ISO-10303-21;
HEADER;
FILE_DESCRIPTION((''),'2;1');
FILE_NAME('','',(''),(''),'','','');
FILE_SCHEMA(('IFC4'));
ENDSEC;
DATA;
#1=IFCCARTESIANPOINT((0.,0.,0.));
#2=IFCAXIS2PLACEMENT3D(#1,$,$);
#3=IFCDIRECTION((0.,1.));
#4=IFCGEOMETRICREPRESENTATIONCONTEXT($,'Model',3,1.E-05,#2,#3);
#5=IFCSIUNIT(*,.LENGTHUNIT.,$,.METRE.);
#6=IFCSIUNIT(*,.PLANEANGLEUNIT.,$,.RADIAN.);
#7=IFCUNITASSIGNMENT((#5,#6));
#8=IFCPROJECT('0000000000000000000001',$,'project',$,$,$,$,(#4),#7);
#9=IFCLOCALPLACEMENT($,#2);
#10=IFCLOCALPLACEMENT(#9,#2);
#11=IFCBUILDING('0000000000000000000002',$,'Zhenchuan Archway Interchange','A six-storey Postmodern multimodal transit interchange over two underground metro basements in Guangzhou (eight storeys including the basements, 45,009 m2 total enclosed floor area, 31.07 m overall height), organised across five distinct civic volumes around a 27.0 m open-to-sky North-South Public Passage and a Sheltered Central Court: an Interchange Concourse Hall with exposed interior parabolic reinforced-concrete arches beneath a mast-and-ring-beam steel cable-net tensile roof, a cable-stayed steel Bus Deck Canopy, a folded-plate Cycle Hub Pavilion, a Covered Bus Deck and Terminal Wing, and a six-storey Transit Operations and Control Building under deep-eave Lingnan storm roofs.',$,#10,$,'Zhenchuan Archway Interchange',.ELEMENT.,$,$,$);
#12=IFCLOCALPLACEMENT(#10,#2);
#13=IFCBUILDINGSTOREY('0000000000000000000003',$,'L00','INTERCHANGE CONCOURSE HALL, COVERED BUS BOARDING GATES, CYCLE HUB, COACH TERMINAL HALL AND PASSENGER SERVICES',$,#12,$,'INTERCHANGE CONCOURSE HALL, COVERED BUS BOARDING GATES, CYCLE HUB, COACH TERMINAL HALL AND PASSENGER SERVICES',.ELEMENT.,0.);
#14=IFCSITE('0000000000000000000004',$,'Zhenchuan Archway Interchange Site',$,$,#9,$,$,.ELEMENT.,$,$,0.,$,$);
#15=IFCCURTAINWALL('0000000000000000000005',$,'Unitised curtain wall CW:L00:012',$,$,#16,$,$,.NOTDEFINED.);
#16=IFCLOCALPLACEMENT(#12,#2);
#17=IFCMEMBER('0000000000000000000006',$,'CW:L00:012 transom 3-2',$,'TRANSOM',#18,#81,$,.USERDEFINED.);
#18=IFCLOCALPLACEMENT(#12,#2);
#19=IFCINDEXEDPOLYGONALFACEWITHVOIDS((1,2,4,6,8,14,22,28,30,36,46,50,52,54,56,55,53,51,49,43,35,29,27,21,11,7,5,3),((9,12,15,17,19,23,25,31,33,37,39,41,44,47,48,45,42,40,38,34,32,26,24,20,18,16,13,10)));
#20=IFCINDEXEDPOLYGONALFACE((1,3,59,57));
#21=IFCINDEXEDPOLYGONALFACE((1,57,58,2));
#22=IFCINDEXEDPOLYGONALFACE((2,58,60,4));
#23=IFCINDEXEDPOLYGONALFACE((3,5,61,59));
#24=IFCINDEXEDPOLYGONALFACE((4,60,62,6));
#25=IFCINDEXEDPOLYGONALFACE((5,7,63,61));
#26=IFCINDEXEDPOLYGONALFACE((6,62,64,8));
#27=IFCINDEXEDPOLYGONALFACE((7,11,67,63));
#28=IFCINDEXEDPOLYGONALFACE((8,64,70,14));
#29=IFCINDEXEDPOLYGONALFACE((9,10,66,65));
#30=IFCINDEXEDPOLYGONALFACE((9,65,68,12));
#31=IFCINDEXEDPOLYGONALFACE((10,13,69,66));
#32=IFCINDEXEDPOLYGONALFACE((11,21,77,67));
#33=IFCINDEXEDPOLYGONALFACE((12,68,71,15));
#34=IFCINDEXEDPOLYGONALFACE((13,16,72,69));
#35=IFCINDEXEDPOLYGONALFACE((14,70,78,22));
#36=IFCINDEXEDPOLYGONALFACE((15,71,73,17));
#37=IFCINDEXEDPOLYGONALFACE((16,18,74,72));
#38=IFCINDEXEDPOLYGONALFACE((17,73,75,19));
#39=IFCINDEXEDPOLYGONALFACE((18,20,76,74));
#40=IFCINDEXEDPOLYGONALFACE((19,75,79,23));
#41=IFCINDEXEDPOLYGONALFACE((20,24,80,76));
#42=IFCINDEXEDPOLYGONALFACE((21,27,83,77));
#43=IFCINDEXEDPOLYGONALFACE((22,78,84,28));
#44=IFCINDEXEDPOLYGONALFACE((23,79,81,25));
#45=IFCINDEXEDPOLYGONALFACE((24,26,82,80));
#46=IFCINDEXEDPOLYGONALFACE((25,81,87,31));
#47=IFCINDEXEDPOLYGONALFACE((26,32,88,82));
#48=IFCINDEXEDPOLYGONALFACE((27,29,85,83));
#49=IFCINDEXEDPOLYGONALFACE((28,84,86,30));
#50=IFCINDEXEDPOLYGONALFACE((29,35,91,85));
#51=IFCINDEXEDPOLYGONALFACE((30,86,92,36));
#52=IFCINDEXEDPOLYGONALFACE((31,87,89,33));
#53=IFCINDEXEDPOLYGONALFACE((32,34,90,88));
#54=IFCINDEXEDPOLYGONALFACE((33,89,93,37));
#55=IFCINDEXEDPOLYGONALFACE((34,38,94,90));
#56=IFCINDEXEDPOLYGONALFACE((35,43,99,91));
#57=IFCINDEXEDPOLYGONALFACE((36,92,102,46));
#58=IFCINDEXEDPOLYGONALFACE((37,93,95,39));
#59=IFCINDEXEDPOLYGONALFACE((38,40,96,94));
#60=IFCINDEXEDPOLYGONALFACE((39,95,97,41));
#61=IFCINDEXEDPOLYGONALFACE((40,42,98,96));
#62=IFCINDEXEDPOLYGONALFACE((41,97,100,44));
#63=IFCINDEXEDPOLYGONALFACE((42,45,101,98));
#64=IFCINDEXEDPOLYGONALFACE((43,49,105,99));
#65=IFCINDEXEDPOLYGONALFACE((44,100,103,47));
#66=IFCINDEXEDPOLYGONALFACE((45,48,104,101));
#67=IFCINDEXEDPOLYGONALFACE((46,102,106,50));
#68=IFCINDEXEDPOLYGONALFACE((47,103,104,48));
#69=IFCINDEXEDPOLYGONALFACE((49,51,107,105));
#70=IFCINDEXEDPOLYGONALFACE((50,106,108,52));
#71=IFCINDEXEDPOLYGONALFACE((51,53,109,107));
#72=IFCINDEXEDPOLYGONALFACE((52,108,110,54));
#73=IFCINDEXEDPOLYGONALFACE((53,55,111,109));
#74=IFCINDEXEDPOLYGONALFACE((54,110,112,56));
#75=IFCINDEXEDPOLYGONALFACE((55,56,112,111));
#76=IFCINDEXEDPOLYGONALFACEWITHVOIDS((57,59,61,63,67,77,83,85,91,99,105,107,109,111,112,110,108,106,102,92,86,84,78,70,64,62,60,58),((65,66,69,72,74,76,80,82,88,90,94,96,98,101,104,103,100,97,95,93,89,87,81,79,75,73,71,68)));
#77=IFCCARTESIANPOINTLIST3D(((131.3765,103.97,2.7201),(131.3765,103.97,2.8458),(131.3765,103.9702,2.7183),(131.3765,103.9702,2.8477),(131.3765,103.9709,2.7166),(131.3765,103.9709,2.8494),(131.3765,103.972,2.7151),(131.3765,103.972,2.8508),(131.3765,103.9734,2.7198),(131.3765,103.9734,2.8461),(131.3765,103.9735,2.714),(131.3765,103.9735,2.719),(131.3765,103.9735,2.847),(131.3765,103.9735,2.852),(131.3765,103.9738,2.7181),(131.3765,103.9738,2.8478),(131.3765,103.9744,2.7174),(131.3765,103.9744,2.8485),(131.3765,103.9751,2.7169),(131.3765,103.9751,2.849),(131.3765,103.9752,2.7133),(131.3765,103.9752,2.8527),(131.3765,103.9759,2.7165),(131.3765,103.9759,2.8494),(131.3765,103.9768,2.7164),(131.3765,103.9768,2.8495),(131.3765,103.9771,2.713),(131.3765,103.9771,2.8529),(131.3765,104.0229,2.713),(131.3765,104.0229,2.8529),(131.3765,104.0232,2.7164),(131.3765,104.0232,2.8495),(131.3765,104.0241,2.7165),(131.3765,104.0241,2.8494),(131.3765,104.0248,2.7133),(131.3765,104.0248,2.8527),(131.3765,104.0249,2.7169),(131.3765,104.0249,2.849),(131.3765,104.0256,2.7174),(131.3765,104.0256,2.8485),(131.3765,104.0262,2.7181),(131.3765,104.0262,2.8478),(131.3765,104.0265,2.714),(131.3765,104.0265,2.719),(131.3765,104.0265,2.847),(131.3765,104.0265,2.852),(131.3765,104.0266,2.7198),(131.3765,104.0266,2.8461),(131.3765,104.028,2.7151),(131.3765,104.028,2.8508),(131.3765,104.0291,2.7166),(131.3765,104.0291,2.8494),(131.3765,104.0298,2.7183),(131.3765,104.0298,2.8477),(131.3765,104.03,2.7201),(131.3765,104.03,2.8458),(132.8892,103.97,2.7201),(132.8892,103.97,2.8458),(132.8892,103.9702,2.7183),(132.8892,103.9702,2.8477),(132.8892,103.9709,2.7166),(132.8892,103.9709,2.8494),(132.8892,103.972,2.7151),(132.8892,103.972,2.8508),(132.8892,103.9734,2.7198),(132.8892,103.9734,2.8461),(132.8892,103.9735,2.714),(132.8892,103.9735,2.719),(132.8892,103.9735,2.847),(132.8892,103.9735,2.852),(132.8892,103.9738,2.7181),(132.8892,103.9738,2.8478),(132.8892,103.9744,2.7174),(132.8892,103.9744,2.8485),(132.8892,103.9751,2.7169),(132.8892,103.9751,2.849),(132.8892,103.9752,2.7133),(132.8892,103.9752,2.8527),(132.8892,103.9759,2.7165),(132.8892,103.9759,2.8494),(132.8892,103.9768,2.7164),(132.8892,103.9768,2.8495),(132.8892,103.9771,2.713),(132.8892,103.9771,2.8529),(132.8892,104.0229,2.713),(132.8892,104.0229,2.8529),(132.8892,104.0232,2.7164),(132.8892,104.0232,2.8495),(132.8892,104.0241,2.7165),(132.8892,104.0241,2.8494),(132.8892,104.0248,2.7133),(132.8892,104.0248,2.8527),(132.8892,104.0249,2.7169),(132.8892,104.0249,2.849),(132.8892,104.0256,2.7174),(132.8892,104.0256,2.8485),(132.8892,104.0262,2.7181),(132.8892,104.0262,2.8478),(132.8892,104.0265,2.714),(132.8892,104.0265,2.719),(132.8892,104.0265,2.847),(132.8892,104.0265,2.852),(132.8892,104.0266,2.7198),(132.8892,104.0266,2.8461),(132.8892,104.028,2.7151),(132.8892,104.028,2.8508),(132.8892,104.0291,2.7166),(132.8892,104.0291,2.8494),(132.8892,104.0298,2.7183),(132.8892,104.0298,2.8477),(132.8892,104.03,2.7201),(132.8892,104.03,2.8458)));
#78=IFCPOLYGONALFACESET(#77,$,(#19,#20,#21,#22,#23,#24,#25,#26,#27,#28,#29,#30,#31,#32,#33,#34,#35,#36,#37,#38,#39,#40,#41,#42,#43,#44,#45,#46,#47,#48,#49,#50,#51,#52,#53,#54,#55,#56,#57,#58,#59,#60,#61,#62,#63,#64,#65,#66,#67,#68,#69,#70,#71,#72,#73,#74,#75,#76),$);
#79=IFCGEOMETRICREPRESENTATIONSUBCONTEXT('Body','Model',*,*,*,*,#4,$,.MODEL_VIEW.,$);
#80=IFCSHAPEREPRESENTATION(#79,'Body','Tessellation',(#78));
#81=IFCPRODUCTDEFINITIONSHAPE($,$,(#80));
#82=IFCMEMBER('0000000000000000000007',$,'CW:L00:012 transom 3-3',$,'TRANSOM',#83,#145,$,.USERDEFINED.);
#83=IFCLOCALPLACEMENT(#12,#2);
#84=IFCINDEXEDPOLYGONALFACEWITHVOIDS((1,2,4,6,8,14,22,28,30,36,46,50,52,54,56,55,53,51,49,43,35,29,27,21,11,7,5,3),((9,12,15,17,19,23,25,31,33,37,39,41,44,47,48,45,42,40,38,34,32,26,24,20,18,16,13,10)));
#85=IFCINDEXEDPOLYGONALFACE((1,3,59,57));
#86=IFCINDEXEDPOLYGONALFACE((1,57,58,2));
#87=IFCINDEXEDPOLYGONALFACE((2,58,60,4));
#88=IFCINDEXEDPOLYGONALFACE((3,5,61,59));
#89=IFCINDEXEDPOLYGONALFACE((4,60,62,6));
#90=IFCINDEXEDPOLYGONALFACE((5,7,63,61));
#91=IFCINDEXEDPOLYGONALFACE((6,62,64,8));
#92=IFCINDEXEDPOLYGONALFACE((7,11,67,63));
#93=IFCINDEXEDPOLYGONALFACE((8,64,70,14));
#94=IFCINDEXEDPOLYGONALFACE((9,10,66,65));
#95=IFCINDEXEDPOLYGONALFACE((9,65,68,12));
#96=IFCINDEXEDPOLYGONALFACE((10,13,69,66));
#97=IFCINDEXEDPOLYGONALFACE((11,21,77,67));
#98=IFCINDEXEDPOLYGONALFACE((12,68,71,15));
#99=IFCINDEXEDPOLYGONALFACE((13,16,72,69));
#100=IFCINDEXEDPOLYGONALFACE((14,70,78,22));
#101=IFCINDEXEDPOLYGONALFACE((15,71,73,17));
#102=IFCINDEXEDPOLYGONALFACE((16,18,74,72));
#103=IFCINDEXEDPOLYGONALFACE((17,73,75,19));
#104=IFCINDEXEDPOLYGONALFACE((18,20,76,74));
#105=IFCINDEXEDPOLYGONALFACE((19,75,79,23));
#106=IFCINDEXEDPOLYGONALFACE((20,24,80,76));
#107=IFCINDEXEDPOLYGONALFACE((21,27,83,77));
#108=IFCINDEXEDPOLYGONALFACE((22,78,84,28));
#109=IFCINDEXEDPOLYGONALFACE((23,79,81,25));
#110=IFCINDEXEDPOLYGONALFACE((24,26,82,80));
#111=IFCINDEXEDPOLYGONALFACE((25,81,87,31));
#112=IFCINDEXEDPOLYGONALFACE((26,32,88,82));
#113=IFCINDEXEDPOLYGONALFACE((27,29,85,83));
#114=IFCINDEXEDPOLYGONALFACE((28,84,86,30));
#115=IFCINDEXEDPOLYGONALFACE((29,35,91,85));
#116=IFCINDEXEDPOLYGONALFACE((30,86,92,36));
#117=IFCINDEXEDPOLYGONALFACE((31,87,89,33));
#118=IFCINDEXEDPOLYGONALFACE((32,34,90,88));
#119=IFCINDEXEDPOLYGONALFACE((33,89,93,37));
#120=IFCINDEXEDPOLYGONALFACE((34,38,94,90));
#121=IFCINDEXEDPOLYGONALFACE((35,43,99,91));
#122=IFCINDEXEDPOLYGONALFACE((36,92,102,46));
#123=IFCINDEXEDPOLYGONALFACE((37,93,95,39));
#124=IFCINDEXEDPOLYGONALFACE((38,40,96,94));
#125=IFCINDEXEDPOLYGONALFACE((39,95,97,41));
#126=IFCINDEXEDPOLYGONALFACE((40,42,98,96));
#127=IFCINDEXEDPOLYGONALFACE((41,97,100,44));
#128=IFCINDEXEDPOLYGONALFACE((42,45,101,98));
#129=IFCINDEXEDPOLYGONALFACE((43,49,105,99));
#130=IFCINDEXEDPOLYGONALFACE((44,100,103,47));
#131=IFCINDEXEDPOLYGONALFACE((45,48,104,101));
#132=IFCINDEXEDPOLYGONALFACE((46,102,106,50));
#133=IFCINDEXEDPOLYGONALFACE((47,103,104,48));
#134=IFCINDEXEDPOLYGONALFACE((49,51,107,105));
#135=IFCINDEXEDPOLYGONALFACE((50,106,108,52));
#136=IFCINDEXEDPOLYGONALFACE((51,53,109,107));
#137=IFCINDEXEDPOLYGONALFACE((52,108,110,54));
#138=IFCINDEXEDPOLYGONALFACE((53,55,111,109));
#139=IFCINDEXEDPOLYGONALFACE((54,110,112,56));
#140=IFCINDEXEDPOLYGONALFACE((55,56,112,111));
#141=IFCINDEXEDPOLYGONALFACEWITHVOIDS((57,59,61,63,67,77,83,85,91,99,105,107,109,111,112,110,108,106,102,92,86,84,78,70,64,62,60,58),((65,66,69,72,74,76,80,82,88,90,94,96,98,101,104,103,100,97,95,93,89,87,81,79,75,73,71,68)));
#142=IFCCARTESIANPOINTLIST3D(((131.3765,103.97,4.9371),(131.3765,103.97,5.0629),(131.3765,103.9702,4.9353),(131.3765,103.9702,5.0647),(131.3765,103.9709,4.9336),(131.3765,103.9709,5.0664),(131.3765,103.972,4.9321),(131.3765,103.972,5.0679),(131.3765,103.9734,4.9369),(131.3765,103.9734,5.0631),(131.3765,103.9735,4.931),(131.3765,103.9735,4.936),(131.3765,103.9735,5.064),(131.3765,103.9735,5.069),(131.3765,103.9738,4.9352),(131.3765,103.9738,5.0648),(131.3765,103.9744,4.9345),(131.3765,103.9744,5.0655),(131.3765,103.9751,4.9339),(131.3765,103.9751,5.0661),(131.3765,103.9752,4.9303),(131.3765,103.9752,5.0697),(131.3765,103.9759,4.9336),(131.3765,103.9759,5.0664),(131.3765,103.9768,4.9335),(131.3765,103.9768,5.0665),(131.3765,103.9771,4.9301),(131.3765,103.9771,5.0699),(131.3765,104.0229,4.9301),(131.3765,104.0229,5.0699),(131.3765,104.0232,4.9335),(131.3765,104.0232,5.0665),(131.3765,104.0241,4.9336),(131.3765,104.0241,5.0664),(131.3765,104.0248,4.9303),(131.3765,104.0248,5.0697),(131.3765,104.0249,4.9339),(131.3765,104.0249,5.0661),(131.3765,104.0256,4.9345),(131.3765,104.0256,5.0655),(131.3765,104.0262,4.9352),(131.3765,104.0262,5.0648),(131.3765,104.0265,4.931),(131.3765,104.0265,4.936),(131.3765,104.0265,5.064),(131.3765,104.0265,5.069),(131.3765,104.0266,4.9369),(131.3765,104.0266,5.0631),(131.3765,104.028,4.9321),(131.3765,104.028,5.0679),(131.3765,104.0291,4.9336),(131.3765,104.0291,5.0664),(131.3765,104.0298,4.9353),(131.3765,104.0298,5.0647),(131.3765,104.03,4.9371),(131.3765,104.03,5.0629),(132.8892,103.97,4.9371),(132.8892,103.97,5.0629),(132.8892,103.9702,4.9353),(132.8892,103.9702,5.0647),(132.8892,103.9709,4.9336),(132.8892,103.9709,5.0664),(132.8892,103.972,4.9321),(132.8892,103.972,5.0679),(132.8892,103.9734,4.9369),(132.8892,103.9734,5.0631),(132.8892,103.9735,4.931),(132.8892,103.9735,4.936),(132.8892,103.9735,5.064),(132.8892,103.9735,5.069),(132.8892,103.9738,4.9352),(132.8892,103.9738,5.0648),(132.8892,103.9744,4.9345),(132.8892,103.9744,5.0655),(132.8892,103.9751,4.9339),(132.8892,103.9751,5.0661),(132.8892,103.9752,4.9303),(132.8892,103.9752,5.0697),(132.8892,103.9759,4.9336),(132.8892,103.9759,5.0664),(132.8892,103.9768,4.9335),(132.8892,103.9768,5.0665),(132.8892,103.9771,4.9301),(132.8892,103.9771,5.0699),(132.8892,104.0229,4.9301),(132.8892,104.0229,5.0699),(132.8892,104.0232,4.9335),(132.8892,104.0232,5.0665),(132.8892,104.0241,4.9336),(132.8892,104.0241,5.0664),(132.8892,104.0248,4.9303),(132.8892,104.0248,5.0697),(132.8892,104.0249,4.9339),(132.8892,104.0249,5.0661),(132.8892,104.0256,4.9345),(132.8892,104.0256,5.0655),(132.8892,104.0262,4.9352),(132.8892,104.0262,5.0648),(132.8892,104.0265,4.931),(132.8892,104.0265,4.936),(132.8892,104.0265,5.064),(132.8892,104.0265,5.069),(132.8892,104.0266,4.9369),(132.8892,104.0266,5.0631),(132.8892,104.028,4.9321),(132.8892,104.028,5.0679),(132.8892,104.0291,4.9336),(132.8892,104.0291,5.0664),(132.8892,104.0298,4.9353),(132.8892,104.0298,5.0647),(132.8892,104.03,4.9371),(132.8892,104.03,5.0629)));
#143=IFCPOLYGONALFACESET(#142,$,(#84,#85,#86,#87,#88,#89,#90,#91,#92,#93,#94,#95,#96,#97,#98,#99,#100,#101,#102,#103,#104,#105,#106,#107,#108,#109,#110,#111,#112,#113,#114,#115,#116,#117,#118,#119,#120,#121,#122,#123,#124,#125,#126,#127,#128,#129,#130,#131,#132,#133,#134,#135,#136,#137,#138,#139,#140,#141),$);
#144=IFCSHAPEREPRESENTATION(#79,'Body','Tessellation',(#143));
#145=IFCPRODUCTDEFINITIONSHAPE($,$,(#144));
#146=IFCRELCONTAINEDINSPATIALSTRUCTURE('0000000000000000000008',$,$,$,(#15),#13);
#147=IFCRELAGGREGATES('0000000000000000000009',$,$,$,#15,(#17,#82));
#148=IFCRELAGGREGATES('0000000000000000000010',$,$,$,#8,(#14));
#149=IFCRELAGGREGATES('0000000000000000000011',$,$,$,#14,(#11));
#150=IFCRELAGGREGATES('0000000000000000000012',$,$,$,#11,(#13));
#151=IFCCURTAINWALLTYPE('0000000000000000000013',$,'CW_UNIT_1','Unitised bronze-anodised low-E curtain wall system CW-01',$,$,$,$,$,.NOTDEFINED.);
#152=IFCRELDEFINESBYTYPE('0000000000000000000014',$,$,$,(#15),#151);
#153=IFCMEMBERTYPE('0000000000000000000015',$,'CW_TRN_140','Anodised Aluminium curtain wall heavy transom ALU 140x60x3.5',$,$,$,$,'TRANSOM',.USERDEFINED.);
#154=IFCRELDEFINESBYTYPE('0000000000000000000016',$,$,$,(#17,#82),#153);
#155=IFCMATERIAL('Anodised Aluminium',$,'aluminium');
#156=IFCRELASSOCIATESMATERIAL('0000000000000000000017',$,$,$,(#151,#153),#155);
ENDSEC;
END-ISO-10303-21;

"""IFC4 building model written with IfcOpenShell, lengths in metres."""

from ifc_helpers import new_model, si_unit, direction, frame, origin, origin_2d, place, context, subcontext, project, spatial, hollow_rectangle, extrude, material, material_profile, profile_set, type_object, element, aggregate, save


model = new_model("IFC4")

# Units and contexts
model_context = context("Model", 3, precision=1e-05, world=origin(), true_north=direction((0.0, 1.0)))
body_context = subcontext(model_context, "Body", "Model", "MODEL_VIEW")
ifc_project = project(units=[si_unit("LENGTHUNIT", "METRE"), si_unit("PLANEANGLEUNIT", "RADIAN")], contexts=[model_context])

# Site, building, storey
site_placement = place(None, origin())
site = spatial("IfcSite", under=ifc_project, at=site_placement, Name="Zhenchuan Archway Interchange Site", CompositionType="ELEMENT", RefElevation=0.0)
building_placement = place(site_placement, origin())
building = spatial("IfcBuilding", under=site, at=building_placement, Name="Zhenchuan Archway Interchange", Description="A six-storey Postmodern multimodal transit interchange over two underground metro basements in Guangzhou (eight storeys including the basements, 45,009 m2 total enclosed floor area, 31.07 m overall height), organised across five distinct civic volumes around a 27.0 m open-to-sky North-South Public Passage and a Sheltered Central Court: an Interchange Concourse Hall with exposed interior parabolic reinforced-concrete arches beneath a mast-and-ring-beam steel cable-net tensile roof, a cable-stayed steel Bus Deck Canopy, a folded-plate Cycle Hub Pavilion, a Covered Bus Deck and Terminal Wing, and a six-storey Transit Operations and Control Building under deep-eave Lingnan storm roofs.", LongName="Zhenchuan Archway Interchange", CompositionType="ELEMENT")
storey_placement = place(building_placement, origin())
storey = spatial("IfcBuildingStorey", under=building, at=storey_placement, Name="L00", Description="INTERCHANGE CONCOURSE HALL, COVERED BUS BOARDING GATES, CYCLE HUB, COACH TERMINAL HALL AND PASSENGER SERVICES", LongName="INTERCHANGE CONCOURSE HALL, COVERED BUS BOARDING GATES, CYCLE HUB, COACH TERMINAL HALL AND PASSENGER SERVICES", CompositionType="ELEMENT", Elevation=0.0)

# Curtain wall, members
ifc_material_1 = material(Name="Anodised Aluminium", Category="aluminium")
curtain_wall_type = type_object("IfcCurtainWallType", Name="CW_UNIT_1", Description="Unitised bronze-anodised low-E curtain wall system CW-01", PredefinedType="NOTDEFINED", material=ifc_material_1)
curtain_wall_placement = place(storey_placement, origin())
curtain_wall = element("IfcCurtainWall", 1, at=curtain_wall_placement, inside=storey, type_object=curtain_wall_type, Name="Unitised curtain wall CW:L00:012", PredefinedType="NOTDEFINED")
ifc_material_profile_1 = material_profile(ifc_material_1, hollow_rectangle(XDim=0.0601, YDim=0.1399, WallThickness=0.0034, InnerFilletRadius=0.0034, OuterFilletRadius=0.0071, at=origin_2d()), Name="ALU 140x60x3.5")
ifc_profile_set_1 = profile_set([ifc_material_profile_1], Name="Anodised Aluminium")
member_type_1 = type_object("IfcMemberType", Name="CW_TRN_140", Description="Anodised Aluminium curtain wall heavy transom ALU 140x60x3.5", ElementType="TRANSOM", PredefinedType="USERDEFINED", material=ifc_profile_set_1)
member_1_placement = place(storey_placement, frame((131.3765, 104.0, 2.783), z_axis=(1.0, 0.0, 0.0), x_axis=(0.0, 1.0, 0.0)))
member_1 = element("IfcMember", 2, at=member_1_placement, type_object=member_type_1, Name="CW:L00:012 transom 3-2", ObjectType="TRANSOM", PredefinedType="USERDEFINED", context=body_context, shape_type="SweptSolid", body=[
    extrude(hollow_rectangle(XDim=0.0601, YDim=0.1399, WallThickness=0.0034, InnerFilletRadius=0.0034, OuterFilletRadius=0.0071, at=origin_2d()), origin(), (0.0, 0.0, 1.0), 1.5127),
])
member_2_placement = place(storey_placement, frame((131.3765, 104.0, 5.0), z_axis=(1.0, 0.0, 0.0), x_axis=(0.0, 1.0, 0.0)))
member_2 = element("IfcMember", 3, at=member_2_placement, type_object=member_type_1, Name="CW:L00:012 transom 3-3", ObjectType="TRANSOM", PredefinedType="USERDEFINED", context=body_context, shape_type="SweptSolid", body=[
    extrude(hollow_rectangle(XDim=0.0601, YDim=0.1399, WallThickness=0.0034, InnerFilletRadius=0.0034, OuterFilletRadius=0.0071, at=origin_2d()), origin(), (0.0, 0.0, 1.0), 1.5127),
])

aggregate(curtain_wall, [member_1, member_2])

save(model, "model.ifc")
